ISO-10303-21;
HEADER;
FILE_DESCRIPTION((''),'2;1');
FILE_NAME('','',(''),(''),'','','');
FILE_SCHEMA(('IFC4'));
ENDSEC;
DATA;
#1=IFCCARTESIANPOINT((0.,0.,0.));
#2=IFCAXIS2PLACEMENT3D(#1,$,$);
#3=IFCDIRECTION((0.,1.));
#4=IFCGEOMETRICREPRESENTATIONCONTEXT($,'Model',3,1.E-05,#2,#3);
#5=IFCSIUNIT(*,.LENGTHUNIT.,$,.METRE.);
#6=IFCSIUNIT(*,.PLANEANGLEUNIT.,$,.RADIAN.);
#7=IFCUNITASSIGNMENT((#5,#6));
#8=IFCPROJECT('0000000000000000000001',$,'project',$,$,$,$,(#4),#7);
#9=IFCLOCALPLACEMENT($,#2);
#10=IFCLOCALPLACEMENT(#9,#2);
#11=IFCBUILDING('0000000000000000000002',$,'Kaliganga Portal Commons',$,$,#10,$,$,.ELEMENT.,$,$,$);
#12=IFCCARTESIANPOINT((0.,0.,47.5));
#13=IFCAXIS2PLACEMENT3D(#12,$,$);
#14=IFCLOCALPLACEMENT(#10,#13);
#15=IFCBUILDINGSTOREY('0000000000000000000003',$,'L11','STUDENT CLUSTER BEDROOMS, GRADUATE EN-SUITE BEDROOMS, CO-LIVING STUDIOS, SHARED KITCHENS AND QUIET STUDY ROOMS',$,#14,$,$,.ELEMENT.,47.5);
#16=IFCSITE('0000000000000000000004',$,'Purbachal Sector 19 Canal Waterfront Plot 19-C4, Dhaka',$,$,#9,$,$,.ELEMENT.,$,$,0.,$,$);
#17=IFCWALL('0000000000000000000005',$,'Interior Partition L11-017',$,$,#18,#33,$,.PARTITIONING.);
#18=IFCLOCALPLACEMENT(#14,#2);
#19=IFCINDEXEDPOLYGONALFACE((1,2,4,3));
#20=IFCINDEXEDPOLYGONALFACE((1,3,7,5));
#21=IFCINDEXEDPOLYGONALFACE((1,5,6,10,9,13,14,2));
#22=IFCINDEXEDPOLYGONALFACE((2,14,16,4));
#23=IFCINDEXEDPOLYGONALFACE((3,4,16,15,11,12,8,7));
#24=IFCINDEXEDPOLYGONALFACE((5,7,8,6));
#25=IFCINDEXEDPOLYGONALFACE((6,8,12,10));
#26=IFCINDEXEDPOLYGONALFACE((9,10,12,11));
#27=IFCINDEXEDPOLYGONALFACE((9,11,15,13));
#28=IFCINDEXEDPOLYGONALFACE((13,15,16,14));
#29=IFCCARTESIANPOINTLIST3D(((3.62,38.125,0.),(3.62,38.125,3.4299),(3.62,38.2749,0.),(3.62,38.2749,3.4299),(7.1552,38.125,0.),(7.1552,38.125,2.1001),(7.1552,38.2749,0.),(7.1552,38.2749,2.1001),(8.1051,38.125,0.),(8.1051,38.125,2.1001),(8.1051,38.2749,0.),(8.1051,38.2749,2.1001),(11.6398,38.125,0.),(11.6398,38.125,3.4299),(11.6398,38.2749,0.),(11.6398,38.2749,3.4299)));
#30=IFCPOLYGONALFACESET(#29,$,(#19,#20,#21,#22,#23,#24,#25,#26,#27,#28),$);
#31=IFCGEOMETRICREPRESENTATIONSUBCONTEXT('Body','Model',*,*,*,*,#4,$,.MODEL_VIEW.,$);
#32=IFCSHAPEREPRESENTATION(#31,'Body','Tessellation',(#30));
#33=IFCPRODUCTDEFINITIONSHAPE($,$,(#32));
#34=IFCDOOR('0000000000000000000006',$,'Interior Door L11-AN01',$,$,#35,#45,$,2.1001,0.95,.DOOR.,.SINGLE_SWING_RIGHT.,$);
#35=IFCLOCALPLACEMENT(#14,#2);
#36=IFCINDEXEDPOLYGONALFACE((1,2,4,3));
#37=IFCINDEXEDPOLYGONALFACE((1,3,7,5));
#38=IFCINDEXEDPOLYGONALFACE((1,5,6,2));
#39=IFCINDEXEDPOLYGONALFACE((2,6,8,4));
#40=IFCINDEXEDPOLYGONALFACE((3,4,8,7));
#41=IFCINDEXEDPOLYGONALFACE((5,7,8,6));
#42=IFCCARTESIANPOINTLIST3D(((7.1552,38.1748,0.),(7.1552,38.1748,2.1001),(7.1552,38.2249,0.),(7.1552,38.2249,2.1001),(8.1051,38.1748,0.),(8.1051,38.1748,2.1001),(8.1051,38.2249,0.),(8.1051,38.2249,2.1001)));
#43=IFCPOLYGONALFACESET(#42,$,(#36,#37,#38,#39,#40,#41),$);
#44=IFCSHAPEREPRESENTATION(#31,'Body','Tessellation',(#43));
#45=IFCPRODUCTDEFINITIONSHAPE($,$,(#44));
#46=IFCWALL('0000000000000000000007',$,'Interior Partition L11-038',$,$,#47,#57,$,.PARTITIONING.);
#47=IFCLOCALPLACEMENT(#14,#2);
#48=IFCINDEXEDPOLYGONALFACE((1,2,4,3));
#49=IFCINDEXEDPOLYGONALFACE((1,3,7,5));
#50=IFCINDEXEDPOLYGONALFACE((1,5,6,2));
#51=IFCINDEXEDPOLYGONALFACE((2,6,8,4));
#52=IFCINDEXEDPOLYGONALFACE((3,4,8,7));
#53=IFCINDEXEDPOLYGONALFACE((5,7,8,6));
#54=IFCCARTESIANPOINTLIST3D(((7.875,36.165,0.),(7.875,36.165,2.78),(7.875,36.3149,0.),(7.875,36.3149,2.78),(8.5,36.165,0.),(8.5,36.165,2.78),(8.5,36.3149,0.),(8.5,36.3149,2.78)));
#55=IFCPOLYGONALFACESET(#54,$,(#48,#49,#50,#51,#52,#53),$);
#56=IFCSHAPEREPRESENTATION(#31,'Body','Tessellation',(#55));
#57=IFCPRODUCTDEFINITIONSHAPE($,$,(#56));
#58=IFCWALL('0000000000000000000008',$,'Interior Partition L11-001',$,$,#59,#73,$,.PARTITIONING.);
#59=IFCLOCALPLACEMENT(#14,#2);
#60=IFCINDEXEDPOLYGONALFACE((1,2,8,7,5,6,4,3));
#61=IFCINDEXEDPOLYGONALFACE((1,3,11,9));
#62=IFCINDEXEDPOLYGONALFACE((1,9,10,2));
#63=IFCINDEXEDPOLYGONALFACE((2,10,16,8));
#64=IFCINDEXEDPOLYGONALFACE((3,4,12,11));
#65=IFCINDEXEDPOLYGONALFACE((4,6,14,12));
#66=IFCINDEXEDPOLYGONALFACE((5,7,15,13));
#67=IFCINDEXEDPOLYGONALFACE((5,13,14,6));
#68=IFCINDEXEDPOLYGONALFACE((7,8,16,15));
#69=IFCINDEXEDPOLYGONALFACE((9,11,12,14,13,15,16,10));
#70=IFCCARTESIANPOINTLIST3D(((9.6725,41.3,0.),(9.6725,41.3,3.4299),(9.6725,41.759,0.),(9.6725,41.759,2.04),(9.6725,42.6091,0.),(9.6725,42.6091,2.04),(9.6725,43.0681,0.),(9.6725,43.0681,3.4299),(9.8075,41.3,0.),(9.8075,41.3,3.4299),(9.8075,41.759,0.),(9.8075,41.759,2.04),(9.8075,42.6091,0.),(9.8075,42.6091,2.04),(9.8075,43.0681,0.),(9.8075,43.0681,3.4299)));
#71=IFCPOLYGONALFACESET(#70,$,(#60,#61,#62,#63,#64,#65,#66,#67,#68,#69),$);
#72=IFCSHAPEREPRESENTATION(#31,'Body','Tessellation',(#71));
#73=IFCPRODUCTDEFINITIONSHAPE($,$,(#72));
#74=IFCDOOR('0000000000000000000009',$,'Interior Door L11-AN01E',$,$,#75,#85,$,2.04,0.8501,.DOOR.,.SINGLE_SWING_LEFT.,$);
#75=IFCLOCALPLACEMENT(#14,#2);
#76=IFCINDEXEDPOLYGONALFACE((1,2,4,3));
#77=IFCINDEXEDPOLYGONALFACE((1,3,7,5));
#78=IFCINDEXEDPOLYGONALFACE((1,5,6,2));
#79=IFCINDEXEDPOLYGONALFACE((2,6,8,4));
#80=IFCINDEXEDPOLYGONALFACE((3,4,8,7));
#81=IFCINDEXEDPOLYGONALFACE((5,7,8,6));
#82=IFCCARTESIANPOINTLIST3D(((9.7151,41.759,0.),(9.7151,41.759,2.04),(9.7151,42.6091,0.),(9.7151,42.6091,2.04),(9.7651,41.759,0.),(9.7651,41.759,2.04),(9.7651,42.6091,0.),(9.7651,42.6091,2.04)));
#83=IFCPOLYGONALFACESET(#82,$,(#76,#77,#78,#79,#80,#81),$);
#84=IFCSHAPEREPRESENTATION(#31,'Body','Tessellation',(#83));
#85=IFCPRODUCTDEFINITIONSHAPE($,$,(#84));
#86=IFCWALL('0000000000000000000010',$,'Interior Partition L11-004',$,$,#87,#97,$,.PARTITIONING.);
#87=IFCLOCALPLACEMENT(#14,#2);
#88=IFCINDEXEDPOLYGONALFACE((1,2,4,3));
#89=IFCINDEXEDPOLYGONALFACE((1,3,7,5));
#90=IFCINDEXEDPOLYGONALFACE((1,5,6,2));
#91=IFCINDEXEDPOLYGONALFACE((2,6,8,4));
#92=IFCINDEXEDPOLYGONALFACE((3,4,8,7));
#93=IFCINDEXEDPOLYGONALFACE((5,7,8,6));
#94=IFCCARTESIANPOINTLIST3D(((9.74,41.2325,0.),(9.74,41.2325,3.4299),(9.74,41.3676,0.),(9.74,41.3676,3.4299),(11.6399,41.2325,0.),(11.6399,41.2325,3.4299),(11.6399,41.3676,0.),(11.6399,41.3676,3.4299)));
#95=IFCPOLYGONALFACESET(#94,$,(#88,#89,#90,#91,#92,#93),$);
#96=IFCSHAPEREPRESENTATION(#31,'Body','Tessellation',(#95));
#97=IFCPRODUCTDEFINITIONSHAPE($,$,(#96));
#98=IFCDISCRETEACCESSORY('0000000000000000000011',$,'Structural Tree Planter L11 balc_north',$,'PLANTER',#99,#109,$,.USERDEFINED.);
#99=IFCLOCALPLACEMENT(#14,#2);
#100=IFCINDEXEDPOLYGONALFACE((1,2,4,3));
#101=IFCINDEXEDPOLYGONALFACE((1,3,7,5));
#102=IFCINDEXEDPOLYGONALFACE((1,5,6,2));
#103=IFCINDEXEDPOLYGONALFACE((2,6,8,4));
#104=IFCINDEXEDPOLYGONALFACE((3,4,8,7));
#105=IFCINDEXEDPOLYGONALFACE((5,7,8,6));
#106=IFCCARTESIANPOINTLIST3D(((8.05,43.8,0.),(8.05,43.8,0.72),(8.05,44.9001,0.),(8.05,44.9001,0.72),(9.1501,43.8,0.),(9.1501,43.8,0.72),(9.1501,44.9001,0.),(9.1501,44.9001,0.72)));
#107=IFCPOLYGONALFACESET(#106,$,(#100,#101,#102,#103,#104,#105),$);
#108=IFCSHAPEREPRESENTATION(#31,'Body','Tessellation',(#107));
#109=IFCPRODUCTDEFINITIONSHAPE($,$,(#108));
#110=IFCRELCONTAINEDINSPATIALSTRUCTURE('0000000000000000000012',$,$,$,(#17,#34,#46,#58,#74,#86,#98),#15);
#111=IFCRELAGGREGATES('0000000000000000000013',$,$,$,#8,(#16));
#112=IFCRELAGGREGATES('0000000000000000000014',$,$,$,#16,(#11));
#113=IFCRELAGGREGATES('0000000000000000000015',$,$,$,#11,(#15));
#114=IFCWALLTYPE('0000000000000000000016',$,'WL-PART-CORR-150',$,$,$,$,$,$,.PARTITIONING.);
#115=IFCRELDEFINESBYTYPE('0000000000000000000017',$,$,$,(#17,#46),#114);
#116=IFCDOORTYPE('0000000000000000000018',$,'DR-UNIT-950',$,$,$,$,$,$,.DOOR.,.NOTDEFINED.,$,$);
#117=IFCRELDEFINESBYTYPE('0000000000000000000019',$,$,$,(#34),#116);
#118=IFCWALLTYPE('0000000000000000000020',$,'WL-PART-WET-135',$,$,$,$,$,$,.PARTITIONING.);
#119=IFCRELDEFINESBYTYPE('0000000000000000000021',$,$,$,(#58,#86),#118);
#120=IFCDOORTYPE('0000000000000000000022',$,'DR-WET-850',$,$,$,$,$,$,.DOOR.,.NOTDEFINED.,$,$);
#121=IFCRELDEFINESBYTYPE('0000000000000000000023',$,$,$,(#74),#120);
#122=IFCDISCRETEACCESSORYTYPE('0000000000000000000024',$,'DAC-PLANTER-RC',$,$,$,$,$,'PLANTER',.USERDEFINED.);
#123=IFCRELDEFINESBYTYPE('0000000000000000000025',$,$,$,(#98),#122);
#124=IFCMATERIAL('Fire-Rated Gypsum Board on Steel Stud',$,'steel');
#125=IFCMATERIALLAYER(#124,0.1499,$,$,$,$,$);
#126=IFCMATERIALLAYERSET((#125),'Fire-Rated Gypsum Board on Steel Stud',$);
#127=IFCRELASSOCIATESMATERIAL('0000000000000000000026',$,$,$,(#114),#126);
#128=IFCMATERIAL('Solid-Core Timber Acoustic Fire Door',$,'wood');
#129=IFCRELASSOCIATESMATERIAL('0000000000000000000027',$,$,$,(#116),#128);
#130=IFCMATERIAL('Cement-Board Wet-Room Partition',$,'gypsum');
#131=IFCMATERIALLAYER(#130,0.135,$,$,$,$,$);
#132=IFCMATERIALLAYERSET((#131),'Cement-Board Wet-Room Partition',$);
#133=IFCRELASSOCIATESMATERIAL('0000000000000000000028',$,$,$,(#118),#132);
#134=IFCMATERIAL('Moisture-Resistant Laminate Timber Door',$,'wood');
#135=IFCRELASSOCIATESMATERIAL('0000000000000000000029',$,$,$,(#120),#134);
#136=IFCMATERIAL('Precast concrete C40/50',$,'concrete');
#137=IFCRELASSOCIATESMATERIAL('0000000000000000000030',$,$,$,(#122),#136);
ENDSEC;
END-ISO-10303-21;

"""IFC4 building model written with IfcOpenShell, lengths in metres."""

from ifc_helpers import new_model, si_unit, direction, frame, frame_2d, origin, origin_2d, place, context, subcontext, project, spatial, rectangle, extrude, source, transform, mapped, material, layer, layer_set, type_object, element, fill, save


model = new_model("IFC4")

# Units and contexts
model_context = context("Model", 3, precision=1e-05, world=origin(), true_north=direction((0.0, 1.0)))
body_context = subcontext(model_context, "Body", "Model", "MODEL_VIEW")
ifc_project = project(units=[si_unit("LENGTHUNIT", "METRE"), si_unit("PLANEANGLEUNIT", "RADIAN")], contexts=[model_context])

# Site, building, storey
site_placement = place(None, origin())
site = spatial("IfcSite", under=ifc_project, at=site_placement, Name="Purbachal Sector 19 Canal Waterfront Plot 19-C4, Dhaka", CompositionType="ELEMENT", RefElevation=0.0)
building_placement = place(site_placement, origin())
building = spatial("IfcBuilding", under=site, at=building_placement, Name="Kaliganga Portal Commons", CompositionType="ELEMENT")
storey_placement = place(building_placement, frame((0.0, 0.0, 47.5)))
storey = spatial("IfcBuildingStorey", under=building, at=storey_placement, Name="L11", Description="STUDENT CLUSTER BEDROOMS, GRADUATE EN-SUITE BEDROOMS, CO-LIVING STUDIOS, SHARED KITCHENS AND QUIET STUDY ROOMS", CompositionType="ELEMENT", Elevation=47.5)

# Wall, opening, door
ifc_material_1 = material(Name="Fire-Rated Gypsum Board on Steel Stud", Category="steel")
ifc_layer_1 = layer(ifc_material_1, 0.1499)
ifc_layer_set_1 = layer_set([ifc_layer_1], Name="Fire-Rated Gypsum Board on Steel Stud")
wall_type_1 = type_object("IfcWallType", Name="WL-PART-CORR-150", PredefinedType="PARTITIONING", material=ifc_layer_set_1)
ifc_material_2 = material(Name="Solid-Core Timber Acoustic Fire Door", Category="wood")
door_type_1 = type_object("IfcDoorType", Name="DR-UNIT-950", OperationType="NOTDEFINED", PredefinedType="DOOR", material=ifc_material_2)
wall_1_placement = place(storey_placement, frame((3.6201, 38.2, 0.0), z_axis=(0.0, 0.0, 1.0), x_axis=(1.0, 0.0, 0.0)))
wall_1 = element("IfcWall", 1, at=wall_1_placement, inside=storey, type_object=wall_type_1, Name="Interior Partition L11-017", PredefinedType="PARTITIONING", context=body_context, shape_type="SweptSolid", body=[
    extrude(rectangle(XDim=8.0198, YDim=0.1499, at=frame_2d((4.0098, 0.0))), origin(), (0.0, 0.0, 1.0), 3.4299),
])
opening_1_placement = place(wall_1_placement, frame((3.5349, 0.0, 0.0)))
opening_1 = element("IfcOpeningElement", 2, at=opening_1_placement, cuts=wall_1, PredefinedType="OPENING", context=body_context, shape_type="SweptSolid", body=[
    extrude(rectangle(XDim=0.95, YDim=2.1001, at=frame_2d((0.4751, 1.05))), frame((0.0, 0.085, 0.0), z_axis=(0.0, -1.0, 0.0), x_axis=(1.0, 0.0, 0.0)), (0.0, 0.0, 1.0), 0.1699),
])
door_1_placement = place(opening_1_placement, origin())
door_1 = element("IfcDoor", 3, at=door_1_placement, inside=storey, type_object=door_type_1, Name="Interior Door L11-AN01", OperationType="SINGLE_SWING_RIGHT", OverallHeight=2.1001, OverallWidth=0.95, PredefinedType="DOOR", context=body_context, shape_type="SweptSolid", body=[
    extrude(rectangle(XDim=0.95, YDim=2.1001, at=frame_2d((0.4751, 1.05))), frame((0.0, 0.0249, 0.0), z_axis=(0.0, -1.0, 0.0), x_axis=(1.0, 0.0, 0.0)), (0.0, 0.0, 1.0), 0.05),
])
fill(opening_1, door_1)

# Wall
wall_2_placement = place(storey_placement, frame((7.875, 36.24, 0.0), z_axis=(0.0, 0.0, 1.0), x_axis=(1.0, 0.0, 0.0)))
element("IfcWall", 4, at=wall_2_placement, inside=storey, type_object=wall_type_1, Name="Interior Partition L11-038", PredefinedType="PARTITIONING", context=body_context, shape_type="SweptSolid", body=[
    extrude(rectangle(XDim=0.625, YDim=0.1499, at=frame_2d((0.3125, 0.0))), origin(), (0.0, 0.0, 1.0), 2.78),
])

# Wall, opening, door
ifc_material_3 = material(Name="Cement-Board Wet-Room Partition", Category="gypsum")
ifc_layer_2 = layer(ifc_material_3, 0.135)
ifc_layer_set_2 = layer_set([ifc_layer_2], Name="Cement-Board Wet-Room Partition")
wall_type_2 = type_object("IfcWallType", Name="WL-PART-WET-135", PredefinedType="PARTITIONING", material=ifc_layer_set_2)
wall_3_placement = place(storey_placement, frame((9.74, 41.3, 0.0), z_axis=(0.0, 0.0, 1.0), x_axis=(0.0, 1.0, 0.0)))
wall_3 = element("IfcWall", 5, at=wall_3_placement, inside=storey, type_object=wall_type_2, Name="Interior Partition L11-001", PredefinedType="PARTITIONING", context=body_context, shape_type="SweptSolid", body=[
    extrude(rectangle(XDim=1.7681, YDim=0.135, at=frame_2d((0.884, 0.0))), origin(), (0.0, 0.0, 1.0), 3.4299),
])
opening_2_placement = place(wall_3_placement, frame((0.459, 0.0, 0.0)))
opening_2 = element("IfcOpeningElement", 6, at=opening_2_placement, cuts=wall_3, PredefinedType="OPENING", context=body_context, shape_type="SweptSolid", body=[
    extrude(rectangle(XDim=0.8501, YDim=2.04, at=frame_2d((0.425, 1.02))), frame((0.0, 0.0776, 0.0), z_axis=(0.0, -1.0, 0.0), x_axis=(1.0, 0.0, 0.0)), (0.0, 0.0, 1.0), 0.155),
])
ifc_material_4 = material(Name="Moisture-Resistant Laminate Timber Door", Category="wood")
door_type_2 = type_object("IfcDoorType", Name="DR-WET-850", OperationType="NOTDEFINED", PredefinedType="DOOR", material=ifc_material_4)
door_2_placement = place(opening_2_placement, origin())
door_2 = element("IfcDoor", 7, at=door_2_placement, inside=storey, type_object=door_type_2, Name="Interior Door L11-AN01E", OperationType="SINGLE_SWING_LEFT", OverallHeight=2.04, OverallWidth=0.8501, PredefinedType="DOOR", context=body_context, shape_type="SweptSolid", body=[
    extrude(rectangle(XDim=0.8501, YDim=2.04, at=frame_2d((0.425, 1.02))), frame((0.0, 0.0249, 0.0), z_axis=(0.0, -1.0, 0.0), x_axis=(1.0, 0.0, 0.0)), (0.0, 0.0, 1.0), 0.05),
])
fill(opening_2, door_2)

# Wall
wall_4_placement = place(storey_placement, frame((9.74, 41.3, 0.0), z_axis=(0.0, 0.0, 1.0), x_axis=(1.0, 0.0, 0.0)))
element("IfcWall", 8, at=wall_4_placement, inside=storey, type_object=wall_type_2, Name="Interior Partition L11-004", PredefinedType="PARTITIONING", context=body_context, shape_type="SweptSolid", body=[
    extrude(rectangle(XDim=1.8999, YDim=0.135, at=frame_2d((0.95, 0.0))), origin(), (0.0, 0.0, 1.0), 3.4299),
])

# Discrete accessory
ifc_material_5 = material(Name="Precast concrete C40/50", Category="concrete")
discrete_accessory_type = type_object("IfcDiscreteAccessoryType", Name="DAC-PLANTER-RC", ElementType="PLANTER", PredefinedType="USERDEFINED", material=ifc_material_5)
shared_shape_1 = source(origin(), body_context, "Body", "SweptSolid", [
    extrude(rectangle(XDim=1.1001, YDim=1.1001, at=origin_2d()), origin(), (0.0, 0.0, 1.0), 0.72),
])
discrete_accessory_placement = place(storey_placement, frame((8.6001, 44.3501, 0.0), z_axis=(0.0, 0.0, 1.0), x_axis=(1.0, 0.0, 0.0)))
element("IfcDiscreteAccessory", 9, at=discrete_accessory_placement, inside=storey, type_object=discrete_accessory_type, Name="Structural Tree Planter L11 balc_north", ObjectType="PLANTER", PredefinedType="USERDEFINED", context=body_context, shape_type="MappedRepresentation", body=[
    mapped(shared_shape_1, transform((0.0, 0.0, 0.0), x_axis=(1.0, 0.0, 0.0), y_axis=(0.0, 1.0, 0.0), z_axis=(0.0, 0.0, 1.0), scale=1.0)),
])

save(model, "model.ifc")
